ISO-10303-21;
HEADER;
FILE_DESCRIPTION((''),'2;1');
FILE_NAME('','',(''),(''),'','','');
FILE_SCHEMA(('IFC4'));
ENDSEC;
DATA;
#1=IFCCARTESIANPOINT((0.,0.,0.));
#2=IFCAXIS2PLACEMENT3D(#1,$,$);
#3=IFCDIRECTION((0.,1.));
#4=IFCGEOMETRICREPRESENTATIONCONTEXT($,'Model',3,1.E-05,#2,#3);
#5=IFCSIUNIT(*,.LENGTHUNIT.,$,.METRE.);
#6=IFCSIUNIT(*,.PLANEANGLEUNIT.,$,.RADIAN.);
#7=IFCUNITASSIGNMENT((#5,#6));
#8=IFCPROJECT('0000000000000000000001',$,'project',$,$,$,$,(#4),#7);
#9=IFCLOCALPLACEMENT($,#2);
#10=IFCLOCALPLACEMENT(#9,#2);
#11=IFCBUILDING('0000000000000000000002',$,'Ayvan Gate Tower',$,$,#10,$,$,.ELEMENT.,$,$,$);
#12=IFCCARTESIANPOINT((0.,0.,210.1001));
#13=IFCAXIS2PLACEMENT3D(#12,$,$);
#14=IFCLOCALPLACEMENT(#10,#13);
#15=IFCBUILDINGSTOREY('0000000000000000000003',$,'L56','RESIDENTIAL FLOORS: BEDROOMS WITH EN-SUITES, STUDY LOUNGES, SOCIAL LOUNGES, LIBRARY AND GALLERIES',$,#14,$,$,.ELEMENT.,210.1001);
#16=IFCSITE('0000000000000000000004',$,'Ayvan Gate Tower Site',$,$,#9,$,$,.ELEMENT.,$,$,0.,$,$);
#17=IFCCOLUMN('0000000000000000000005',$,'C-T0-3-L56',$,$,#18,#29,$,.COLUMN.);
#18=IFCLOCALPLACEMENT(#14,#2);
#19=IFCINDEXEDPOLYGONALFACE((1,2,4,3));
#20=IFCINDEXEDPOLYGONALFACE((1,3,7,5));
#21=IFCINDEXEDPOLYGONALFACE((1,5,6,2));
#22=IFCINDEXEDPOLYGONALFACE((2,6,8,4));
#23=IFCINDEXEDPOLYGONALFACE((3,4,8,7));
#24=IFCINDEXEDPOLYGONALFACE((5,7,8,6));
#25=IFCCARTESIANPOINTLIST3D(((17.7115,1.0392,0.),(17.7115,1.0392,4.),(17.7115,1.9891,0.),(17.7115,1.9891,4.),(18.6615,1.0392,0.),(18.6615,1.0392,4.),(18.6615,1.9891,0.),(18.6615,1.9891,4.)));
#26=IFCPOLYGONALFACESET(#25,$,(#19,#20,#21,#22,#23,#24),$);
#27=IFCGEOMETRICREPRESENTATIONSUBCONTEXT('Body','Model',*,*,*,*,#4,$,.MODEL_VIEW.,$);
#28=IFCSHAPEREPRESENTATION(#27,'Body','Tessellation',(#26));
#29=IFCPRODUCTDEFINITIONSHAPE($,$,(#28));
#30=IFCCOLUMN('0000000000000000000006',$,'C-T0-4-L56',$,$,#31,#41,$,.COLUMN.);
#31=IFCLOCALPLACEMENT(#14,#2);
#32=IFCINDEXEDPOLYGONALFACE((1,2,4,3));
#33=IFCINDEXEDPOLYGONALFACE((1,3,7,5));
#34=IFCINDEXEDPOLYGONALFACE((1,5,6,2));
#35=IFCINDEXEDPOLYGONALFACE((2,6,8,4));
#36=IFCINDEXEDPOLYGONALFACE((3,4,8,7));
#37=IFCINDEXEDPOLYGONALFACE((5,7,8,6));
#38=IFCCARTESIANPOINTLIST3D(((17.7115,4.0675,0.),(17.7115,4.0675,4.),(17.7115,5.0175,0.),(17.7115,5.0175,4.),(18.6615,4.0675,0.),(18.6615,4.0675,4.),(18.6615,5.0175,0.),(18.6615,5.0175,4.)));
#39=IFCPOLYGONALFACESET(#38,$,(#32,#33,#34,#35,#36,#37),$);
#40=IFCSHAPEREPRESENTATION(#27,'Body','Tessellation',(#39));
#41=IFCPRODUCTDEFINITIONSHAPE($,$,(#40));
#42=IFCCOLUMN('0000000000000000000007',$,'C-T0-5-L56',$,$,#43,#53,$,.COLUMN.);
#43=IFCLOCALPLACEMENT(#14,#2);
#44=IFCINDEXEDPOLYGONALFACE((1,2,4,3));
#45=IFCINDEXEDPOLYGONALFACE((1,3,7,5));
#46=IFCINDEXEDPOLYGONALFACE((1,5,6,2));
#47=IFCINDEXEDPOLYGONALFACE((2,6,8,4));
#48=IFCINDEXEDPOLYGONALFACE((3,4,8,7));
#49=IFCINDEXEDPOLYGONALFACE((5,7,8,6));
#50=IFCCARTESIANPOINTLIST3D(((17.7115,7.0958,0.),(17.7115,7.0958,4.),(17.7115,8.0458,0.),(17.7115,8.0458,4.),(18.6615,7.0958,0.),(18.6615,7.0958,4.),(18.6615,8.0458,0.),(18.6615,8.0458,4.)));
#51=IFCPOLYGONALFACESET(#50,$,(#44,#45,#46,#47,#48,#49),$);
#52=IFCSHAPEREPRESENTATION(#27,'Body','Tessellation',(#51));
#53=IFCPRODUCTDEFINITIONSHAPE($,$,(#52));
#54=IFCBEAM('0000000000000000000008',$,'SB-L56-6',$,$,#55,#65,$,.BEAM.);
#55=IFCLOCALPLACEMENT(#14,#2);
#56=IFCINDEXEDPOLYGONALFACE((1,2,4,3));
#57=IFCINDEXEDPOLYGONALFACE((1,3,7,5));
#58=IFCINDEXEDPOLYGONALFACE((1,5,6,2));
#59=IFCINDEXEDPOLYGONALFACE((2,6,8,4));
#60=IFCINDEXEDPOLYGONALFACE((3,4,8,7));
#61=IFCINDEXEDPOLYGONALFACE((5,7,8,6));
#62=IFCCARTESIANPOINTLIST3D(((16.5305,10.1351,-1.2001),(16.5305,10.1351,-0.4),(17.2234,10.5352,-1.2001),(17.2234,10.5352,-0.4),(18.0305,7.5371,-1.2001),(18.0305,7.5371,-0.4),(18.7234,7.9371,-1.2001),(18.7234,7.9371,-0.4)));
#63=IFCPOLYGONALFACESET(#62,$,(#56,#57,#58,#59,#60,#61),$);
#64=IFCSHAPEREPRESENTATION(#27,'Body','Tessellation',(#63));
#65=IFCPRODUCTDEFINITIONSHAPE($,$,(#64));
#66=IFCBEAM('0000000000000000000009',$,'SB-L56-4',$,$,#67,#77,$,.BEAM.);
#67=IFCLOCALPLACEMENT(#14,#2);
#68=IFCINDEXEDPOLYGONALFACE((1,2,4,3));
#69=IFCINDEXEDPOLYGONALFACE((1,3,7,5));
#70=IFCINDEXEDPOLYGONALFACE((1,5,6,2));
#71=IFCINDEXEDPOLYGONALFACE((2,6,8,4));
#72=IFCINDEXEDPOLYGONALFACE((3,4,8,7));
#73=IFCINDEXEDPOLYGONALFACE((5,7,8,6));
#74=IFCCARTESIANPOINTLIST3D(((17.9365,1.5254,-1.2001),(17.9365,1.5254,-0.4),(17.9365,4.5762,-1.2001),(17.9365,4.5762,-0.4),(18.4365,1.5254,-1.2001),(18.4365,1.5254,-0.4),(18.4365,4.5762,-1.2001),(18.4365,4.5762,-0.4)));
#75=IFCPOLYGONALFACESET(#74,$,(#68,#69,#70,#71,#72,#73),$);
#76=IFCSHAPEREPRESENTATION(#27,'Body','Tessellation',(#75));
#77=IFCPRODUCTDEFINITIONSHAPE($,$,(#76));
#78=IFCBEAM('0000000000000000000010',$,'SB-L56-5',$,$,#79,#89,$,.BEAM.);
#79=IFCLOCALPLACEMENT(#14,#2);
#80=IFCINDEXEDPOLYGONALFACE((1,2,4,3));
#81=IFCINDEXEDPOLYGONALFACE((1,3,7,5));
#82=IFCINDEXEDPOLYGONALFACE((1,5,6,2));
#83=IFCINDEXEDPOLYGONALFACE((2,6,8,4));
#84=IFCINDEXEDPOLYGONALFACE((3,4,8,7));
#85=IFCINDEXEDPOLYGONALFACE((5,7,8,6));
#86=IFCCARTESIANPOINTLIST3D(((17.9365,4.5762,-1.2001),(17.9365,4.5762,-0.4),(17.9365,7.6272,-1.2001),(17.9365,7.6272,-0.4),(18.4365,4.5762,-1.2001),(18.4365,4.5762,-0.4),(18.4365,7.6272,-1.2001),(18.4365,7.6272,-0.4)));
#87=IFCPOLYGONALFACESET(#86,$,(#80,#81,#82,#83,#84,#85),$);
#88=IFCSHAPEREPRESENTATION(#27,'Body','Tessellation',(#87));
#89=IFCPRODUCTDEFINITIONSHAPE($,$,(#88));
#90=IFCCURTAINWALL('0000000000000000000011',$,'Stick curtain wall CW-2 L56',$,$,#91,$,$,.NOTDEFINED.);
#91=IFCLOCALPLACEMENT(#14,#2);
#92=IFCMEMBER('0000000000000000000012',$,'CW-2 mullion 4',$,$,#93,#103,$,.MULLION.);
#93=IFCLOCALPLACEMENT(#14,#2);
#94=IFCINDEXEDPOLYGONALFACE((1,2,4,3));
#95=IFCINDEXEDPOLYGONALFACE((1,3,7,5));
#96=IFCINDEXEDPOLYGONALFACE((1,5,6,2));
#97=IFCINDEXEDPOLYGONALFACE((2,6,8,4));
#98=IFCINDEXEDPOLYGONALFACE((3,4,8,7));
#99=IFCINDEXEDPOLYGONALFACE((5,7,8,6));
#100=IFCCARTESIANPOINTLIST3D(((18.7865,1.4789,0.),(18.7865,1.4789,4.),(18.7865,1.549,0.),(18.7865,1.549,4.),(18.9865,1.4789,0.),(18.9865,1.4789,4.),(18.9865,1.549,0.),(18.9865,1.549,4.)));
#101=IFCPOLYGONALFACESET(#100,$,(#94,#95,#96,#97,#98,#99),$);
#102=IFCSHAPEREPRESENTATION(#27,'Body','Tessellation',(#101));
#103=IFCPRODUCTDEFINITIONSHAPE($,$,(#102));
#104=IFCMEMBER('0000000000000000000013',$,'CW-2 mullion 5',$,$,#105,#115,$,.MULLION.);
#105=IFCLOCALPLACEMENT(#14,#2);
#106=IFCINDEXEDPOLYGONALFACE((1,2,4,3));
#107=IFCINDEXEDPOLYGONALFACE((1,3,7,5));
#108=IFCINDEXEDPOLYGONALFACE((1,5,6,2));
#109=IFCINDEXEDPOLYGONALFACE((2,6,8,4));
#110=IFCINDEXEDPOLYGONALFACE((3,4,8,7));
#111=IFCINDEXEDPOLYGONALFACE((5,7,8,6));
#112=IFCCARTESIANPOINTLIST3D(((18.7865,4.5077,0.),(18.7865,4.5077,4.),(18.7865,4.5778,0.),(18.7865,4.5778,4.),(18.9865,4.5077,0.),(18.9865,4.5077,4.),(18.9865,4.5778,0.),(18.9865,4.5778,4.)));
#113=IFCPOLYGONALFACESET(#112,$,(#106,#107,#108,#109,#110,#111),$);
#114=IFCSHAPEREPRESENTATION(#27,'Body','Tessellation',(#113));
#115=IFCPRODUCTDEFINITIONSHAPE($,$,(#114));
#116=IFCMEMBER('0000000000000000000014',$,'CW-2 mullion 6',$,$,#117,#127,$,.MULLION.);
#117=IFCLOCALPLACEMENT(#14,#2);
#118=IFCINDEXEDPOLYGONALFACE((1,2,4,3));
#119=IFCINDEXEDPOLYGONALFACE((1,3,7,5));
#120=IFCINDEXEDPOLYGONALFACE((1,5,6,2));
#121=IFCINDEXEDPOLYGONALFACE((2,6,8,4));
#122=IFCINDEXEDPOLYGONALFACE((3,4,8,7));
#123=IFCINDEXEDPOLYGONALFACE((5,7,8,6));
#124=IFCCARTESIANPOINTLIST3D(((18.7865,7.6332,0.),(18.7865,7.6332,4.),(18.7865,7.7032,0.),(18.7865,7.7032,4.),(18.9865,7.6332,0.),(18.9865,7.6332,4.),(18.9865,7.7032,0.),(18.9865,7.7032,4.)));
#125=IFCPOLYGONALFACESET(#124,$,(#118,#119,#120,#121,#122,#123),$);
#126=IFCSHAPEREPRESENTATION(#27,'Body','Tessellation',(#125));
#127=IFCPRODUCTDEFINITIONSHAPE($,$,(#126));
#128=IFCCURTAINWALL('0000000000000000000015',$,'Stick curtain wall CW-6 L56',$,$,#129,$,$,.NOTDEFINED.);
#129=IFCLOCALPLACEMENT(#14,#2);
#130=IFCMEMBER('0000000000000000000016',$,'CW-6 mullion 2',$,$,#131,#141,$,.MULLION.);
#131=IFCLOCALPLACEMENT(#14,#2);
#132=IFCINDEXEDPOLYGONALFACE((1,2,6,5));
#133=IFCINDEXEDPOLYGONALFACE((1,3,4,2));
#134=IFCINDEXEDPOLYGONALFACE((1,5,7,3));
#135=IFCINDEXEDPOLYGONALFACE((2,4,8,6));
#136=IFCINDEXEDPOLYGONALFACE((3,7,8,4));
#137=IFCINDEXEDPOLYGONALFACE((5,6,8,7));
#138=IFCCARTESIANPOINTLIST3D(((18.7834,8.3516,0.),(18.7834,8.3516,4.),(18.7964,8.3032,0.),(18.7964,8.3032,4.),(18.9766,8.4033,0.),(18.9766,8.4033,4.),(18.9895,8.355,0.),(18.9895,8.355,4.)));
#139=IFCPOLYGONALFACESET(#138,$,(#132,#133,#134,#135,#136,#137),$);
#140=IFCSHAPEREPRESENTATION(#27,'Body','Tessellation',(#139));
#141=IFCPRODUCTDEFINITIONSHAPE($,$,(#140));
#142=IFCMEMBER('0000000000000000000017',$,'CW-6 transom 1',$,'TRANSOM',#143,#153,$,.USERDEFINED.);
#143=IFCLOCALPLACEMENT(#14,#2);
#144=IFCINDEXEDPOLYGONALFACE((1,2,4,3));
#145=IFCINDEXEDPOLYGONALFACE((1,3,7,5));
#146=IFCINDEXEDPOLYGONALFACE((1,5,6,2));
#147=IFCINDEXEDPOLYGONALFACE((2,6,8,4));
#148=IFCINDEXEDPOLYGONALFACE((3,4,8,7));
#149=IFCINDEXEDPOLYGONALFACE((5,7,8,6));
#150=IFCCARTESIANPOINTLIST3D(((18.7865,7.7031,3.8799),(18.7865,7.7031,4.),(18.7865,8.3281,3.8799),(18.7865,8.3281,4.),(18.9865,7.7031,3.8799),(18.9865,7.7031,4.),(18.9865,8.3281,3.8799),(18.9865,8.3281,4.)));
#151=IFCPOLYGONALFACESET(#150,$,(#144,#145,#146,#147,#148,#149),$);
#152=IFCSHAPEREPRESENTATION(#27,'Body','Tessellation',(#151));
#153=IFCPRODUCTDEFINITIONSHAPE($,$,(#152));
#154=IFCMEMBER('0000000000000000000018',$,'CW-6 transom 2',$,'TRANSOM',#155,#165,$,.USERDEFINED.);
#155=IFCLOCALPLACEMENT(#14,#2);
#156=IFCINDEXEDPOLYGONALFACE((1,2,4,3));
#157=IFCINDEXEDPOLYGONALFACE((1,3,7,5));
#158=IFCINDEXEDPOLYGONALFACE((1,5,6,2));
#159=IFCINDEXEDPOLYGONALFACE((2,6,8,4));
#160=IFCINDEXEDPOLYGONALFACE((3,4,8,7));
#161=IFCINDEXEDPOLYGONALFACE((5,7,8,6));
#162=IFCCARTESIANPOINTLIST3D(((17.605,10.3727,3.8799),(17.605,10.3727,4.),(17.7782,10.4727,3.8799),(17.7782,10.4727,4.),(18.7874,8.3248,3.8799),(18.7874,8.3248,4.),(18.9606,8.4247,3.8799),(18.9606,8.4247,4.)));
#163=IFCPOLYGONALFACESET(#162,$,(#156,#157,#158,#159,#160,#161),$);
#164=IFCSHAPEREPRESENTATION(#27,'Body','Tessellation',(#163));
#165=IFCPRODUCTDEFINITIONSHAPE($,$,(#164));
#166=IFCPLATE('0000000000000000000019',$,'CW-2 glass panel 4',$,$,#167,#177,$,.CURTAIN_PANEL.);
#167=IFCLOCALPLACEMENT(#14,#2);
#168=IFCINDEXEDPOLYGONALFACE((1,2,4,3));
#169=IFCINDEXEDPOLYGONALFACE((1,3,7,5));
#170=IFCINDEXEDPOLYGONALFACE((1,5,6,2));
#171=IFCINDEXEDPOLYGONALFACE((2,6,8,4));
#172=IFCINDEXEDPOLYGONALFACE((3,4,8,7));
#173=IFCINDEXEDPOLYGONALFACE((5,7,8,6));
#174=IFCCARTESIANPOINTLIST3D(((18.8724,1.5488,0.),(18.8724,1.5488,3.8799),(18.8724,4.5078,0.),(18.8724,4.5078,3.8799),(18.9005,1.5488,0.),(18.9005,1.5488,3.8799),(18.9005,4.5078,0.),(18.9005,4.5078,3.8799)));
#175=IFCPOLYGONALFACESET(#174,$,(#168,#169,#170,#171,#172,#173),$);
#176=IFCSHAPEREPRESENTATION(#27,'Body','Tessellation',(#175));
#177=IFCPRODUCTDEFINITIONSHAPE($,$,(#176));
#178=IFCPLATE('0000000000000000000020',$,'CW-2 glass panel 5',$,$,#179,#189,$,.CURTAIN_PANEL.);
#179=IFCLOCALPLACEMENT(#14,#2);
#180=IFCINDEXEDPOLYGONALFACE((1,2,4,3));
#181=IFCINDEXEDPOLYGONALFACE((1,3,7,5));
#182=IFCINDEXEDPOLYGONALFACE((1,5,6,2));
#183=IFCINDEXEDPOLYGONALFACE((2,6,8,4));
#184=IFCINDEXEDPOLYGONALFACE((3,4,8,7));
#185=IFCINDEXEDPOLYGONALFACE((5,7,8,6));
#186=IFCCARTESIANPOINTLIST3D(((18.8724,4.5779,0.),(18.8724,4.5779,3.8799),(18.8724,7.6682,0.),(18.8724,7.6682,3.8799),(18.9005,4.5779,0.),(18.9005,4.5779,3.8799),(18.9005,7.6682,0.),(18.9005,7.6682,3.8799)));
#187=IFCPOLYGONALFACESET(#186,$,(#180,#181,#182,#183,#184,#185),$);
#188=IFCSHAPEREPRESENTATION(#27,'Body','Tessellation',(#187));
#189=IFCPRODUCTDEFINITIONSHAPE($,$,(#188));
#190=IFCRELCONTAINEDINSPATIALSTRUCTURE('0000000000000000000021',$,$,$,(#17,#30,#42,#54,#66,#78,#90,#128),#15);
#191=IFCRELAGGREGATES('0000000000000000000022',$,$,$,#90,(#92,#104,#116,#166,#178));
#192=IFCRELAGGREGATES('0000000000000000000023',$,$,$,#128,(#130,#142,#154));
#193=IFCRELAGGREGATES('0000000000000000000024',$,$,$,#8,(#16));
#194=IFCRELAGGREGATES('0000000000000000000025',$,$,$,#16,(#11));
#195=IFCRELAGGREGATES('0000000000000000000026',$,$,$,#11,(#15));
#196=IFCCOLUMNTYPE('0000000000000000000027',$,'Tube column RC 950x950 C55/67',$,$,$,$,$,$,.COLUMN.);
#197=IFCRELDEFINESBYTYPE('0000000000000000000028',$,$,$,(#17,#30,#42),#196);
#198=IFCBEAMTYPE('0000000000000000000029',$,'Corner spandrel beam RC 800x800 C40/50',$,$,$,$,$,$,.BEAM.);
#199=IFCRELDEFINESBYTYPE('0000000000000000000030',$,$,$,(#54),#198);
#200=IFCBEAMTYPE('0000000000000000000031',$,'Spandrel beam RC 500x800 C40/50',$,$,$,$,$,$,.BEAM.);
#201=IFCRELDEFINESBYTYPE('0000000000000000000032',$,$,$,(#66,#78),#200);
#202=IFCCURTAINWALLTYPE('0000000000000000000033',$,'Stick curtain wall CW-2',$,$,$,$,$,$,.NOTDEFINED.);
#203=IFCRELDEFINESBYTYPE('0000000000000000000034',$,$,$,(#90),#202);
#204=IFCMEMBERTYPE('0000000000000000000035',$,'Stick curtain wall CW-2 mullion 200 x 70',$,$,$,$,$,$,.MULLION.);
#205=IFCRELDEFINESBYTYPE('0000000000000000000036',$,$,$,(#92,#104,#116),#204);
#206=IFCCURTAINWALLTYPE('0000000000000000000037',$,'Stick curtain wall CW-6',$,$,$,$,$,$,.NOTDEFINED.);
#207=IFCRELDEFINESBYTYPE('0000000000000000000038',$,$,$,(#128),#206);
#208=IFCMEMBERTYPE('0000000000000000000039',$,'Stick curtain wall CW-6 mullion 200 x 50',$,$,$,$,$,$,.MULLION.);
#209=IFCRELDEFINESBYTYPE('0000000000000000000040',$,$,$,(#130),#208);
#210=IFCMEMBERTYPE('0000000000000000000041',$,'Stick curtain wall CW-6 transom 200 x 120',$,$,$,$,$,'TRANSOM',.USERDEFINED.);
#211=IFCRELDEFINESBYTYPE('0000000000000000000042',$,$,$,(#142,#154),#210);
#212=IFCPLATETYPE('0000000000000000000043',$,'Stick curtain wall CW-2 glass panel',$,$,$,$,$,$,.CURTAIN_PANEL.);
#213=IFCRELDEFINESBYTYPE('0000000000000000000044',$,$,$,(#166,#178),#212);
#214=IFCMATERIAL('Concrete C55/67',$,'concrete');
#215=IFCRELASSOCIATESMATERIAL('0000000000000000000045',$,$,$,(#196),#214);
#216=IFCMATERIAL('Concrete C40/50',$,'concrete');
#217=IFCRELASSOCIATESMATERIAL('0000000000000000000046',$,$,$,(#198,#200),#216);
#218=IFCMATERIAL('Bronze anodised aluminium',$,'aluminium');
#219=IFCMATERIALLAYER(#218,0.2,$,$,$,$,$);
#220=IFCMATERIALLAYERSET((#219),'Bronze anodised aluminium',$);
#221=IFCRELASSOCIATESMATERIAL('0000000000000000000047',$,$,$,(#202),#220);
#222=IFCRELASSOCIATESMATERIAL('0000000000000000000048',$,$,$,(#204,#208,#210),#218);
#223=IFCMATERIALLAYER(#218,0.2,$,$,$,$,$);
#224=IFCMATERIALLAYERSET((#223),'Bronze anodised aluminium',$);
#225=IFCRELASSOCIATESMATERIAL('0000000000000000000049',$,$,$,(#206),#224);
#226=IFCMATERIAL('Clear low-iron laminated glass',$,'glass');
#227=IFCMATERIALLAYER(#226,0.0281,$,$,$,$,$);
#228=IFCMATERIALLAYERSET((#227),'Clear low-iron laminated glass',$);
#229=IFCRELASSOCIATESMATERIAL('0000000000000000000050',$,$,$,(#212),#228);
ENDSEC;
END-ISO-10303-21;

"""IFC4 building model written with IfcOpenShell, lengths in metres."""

from ifc_helpers import new_model, si_unit, direction, frame, origin, origin_2d, place, context, subcontext, project, spatial, rectangle, extrude, material, layer, layer_set, material_profile, profile_set, type_object, element, aggregate, save


model = new_model("IFC4")

# Units and contexts
model_context = context("Model", 3, precision=1e-05, world=origin(), true_north=direction((0.0, 1.0)))
body_context = subcontext(model_context, "Body", "Model", "MODEL_VIEW")
ifc_project = project(units=[si_unit("LENGTHUNIT", "METRE"), si_unit("PLANEANGLEUNIT", "RADIAN")], contexts=[model_context])

# Site, building, storey
site_placement = place(None, origin())
site = spatial("IfcSite", under=ifc_project, at=site_placement, Name="Ayvan Gate Tower Site", CompositionType="ELEMENT", RefElevation=0.0)
building_placement = place(site_placement, origin())
building = spatial("IfcBuilding", under=site, at=building_placement, Name="Ayvan Gate Tower", CompositionType="ELEMENT")
storey_placement = place(building_placement, frame((0.0, 0.0, 210.1001)))
storey = spatial("IfcBuildingStorey", under=building, at=storey_placement, Name="L56", Description="RESIDENTIAL FLOORS: BEDROOMS WITH EN-SUITES, STUDY LOUNGES, SOCIAL LOUNGES, LIBRARY AND GALLERIES", CompositionType="ELEMENT", Elevation=210.1001)

# Columns
ifc_material_1 = material(Name="Concrete C55/67", Category="concrete")
ifc_material_profile_1 = material_profile(ifc_material_1, rectangle(XDim=0.95, YDim=0.95, at=origin_2d()), Name="RC 950x950")
ifc_profile_set_1 = profile_set([ifc_material_profile_1], Name="Concrete C55/67")
column_type = type_object("IfcColumnType", Name="Tube column RC 950x950 C55/67", PredefinedType="COLUMN", material=ifc_profile_set_1)
for number, where, z_axis, x_axis, name in (
    (1, (18.1865, 1.5142, 0.0), (0.0, 0.0, 1.0), (1.0, 0.0, 0.0), "C-T0-3-L56"),
    (2, (18.1865, 4.5425, 0.0), (0.0, 0.0, 1.0), (1.0, 0.0, 0.0), "C-T0-4-L56"),
    (3, (18.1865, 7.5708, 0.0), (0.0, 0.0, 1.0), (1.0, 0.0, 0.0), "C-T0-5-L56"),
):
    element("IfcColumn", number, at=place(storey_placement, frame(where, z_axis=z_axis, x_axis=x_axis)), inside=storey, type_object=column_type, Name=name, PredefinedType="COLUMN", context=body_context, shape_type="SweptSolid", body=[
        extrude(rectangle(XDim=0.95, YDim=0.95, at=origin_2d()), origin(), (0.0, 0.0, 1.0), 4.0),
    ])

# Beams
ifc_material_2 = material(Name="Concrete C40/50", Category="concrete")
ifc_material_profile_2 = material_profile(ifc_material_2, rectangle(XDim=0.8, YDim=0.8, at=origin_2d()), Name="RC 800x800")
ifc_profile_set_2 = profile_set([ifc_material_profile_2], Name="Concrete C40/50")
beam_type_1 = type_object("IfcBeamType", Name="Corner spandrel beam RC 800x800 C40/50", PredefinedType="BEAM", material=ifc_profile_set_2)
beam_1_placement = place(storey_placement, frame((18.377, 7.7371, -0.8), z_axis=(-0.49999, 0.866031, 0.0), x_axis=(-0.866031, -0.49999, 0.0)))
element("IfcBeam", 4, at=beam_1_placement, inside=storey, type_object=beam_type_1, Name="SB-L56-6", PredefinedType="BEAM", context=body_context, shape_type="SweptSolid", body=[
    extrude(rectangle(XDim=0.8, YDim=0.8, at=origin_2d()), origin(), (0.0, 0.0, 1.0), 3.0),
])
ifc_material_profile_3 = material_profile(ifc_material_2, rectangle(XDim=0.5, YDim=0.8, at=origin_2d()), Name="RC 500x800")
ifc_profile_set_3 = profile_set([ifc_material_profile_3], Name="Concrete C40/50")
beam_type_2 = type_object("IfcBeamType", Name="Spandrel beam RC 500x800 C40/50", PredefinedType="BEAM", material=ifc_profile_set_3)
beam_2_placement = place(storey_placement, frame((18.1865, 1.5254, -0.8), z_axis=(0.0, 1.0, 0.0), x_axis=(-1.0, 0.0, 0.0)))
element("IfcBeam", 5, at=beam_2_placement, inside=storey, type_object=beam_type_2, Name="SB-L56-4", PredefinedType="BEAM", context=body_context, shape_type="SweptSolid", body=[
    extrude(rectangle(XDim=0.5, YDim=0.8, at=origin_2d()), origin(), (0.0, 0.0, 1.0), 3.0508),
])
beam_3_placement = place(storey_placement, frame((18.1865, 4.5762, -0.8), z_axis=(0.0, 1.0, 0.0), x_axis=(-1.0, 0.0, 0.0)))
element("IfcBeam", 6, at=beam_3_placement, inside=storey, type_object=beam_type_2, Name="SB-L56-5", PredefinedType="BEAM", context=body_context, shape_type="SweptSolid", body=[
    extrude(rectangle(XDim=0.5, YDim=0.8, at=origin_2d()), origin(), (0.0, 0.0, 1.0), 3.051),
])

# Curtain walls, members
ifc_material_3 = material(Name="Bronze anodised aluminium", Category="aluminium")
ifc_layer_1 = layer(ifc_material_3, 0.2)
ifc_layer_set_1 = layer_set([ifc_layer_1], Name="Bronze anodised aluminium")
curtain_wall_type_1 = type_object("IfcCurtainWallType", Name="Stick curtain wall CW-2", PredefinedType="NOTDEFINED", material=ifc_layer_set_1)
curtain_wall_1_placement = place(storey_placement, origin())
curtain_wall_1 = element("IfcCurtainWall", 7, at=curtain_wall_1_placement, inside=storey, type_object=curtain_wall_type_1, Name="Stick curtain wall CW-2 L56", PredefinedType="NOTDEFINED")
ifc_material_profile_4 = material_profile(ifc_material_3, rectangle(XDim=0.2, YDim=0.0701, at=origin_2d()), Name="Stick curtain wall CW-2 mullion 200 x 70")
ifc_profile_set_4 = profile_set([ifc_material_profile_4], Name="Bronze anodised aluminium")
member_type_1 = type_object("IfcMemberType", Name="Stick curtain wall CW-2 mullion 200 x 70", PredefinedType="MULLION", material=ifc_profile_set_4)
member_1_placement = place(storey_placement, frame((18.8865, 1.5139, 0.0), z_axis=(0.0, 0.0, 1.0), x_axis=(1.0, 0.0, 0.0)))
member_1 = element("IfcMember", 8, at=member_1_placement, type_object=member_type_1, Name="CW-2 mullion 4", PredefinedType="MULLION", context=body_context, shape_type="SweptSolid", body=[
    extrude(rectangle(XDim=0.2, YDim=0.0701, at=origin_2d()), origin(), (0.0, 0.0, 1.0), 4.0),
])
member_2_placement = place(storey_placement, frame((18.8865, 4.5427, 0.0), z_axis=(0.0, 0.0, 1.0), x_axis=(1.0, 0.0, 0.0)))
member_2 = element("IfcMember", 9, at=member_2_placement, type_object=member_type_1, Name="CW-2 mullion 5", PredefinedType="MULLION", context=body_context, shape_type="SweptSolid", body=[
    extrude(rectangle(XDim=0.2, YDim=0.0701, at=origin_2d()), origin(), (0.0, 0.0, 1.0), 4.0),
])
member_3_placement = place(storey_placement, frame((18.8865, 7.6682, 0.0), z_axis=(0.0, 0.0, 1.0), x_axis=(1.0, 0.0, 0.0)))
member_3 = element("IfcMember", 10, at=member_3_placement, type_object=member_type_1, Name="CW-2 mullion 6", PredefinedType="MULLION", context=body_context, shape_type="SweptSolid", body=[
    extrude(rectangle(XDim=0.2, YDim=0.0701, at=origin_2d()), origin(), (0.0, 0.0, 1.0), 4.0),
])
ifc_layer_2 = layer(ifc_material_3, 0.2)
ifc_layer_set_2 = layer_set([ifc_layer_2], Name="Bronze anodised aluminium")
curtain_wall_type_2 = type_object("IfcCurtainWallType", Name="Stick curtain wall CW-6", PredefinedType="NOTDEFINED", material=ifc_layer_set_2)
curtain_wall_2_placement = place(storey_placement, origin())
curtain_wall_2 = element("IfcCurtainWall", 11, at=curtain_wall_2_placement, inside=storey, type_object=curtain_wall_type_2, Name="Stick curtain wall CW-6 L56", PredefinedType="NOTDEFINED")
ifc_material_profile_5 = material_profile(ifc_material_3, rectangle(XDim=0.2, YDim=0.05, at=origin_2d()), Name="Stick curtain wall CW-6 mullion 200 x 50")
ifc_profile_set_5 = profile_set([ifc_material_profile_5], Name="Bronze anodised aluminium")
member_type_2 = type_object("IfcMemberType", Name="Stick curtain wall CW-6 mullion 200 x 50", PredefinedType="MULLION", material=ifc_profile_set_5)
member_4_placement = place(storey_placement, frame((18.8865, 8.3533, 0.0), z_axis=(0.0, 0.0, 1.0), x_axis=(0.965926, 0.258819, 0.0)))
member_4 = element("IfcMember", 12, at=member_4_placement, type_object=member_type_2, Name="CW-6 mullion 2", PredefinedType="MULLION", context=body_context, shape_type="SweptSolid", body=[
    extrude(rectangle(XDim=0.2, YDim=0.05, at=origin_2d()), origin(), (0.0, 0.0, 1.0), 4.0),
])
ifc_material_profile_6 = material_profile(ifc_material_3, rectangle(XDim=0.2, YDim=0.1201, at=origin_2d()), Name="Stick curtain wall CW-6 transom 200 x 120")
ifc_profile_set_6 = profile_set([ifc_material_profile_6], Name="Bronze anodised aluminium")
member_type_3 = type_object("IfcMemberType", Name="Stick curtain wall CW-6 transom 200 x 120", ElementType="TRANSOM", PredefinedType="USERDEFINED", material=ifc_profile_set_6)
member_5_placement = place(storey_placement, frame((18.8865, 7.7031, 3.9399), z_axis=(0.0, 1.0, 0.0), x_axis=(-1.0, 0.0, 0.0)))
member_5 = element("IfcMember", 13, at=member_5_placement, type_object=member_type_3, Name="CW-6 transom 1", ObjectType="TRANSOM", PredefinedType="USERDEFINED", context=body_context, shape_type="SweptSolid", body=[
    extrude(rectangle(XDim=0.2, YDim=0.1201, at=origin_2d()), origin(), (0.0, 0.0, 1.0), 0.625),
])
member_6_placement = place(storey_placement, frame((18.874, 8.3748, 3.9399), z_axis=(-0.500014, 0.866017, 0.0), x_axis=(-0.866017, -0.500014, 0.0)))
member_6 = element("IfcMember", 14, at=member_6_placement, type_object=member_type_3, Name="CW-6 transom 2", ObjectType="TRANSOM", PredefinedType="USERDEFINED", context=body_context, shape_type="SweptSolid", body=[
    extrude(rectangle(XDim=0.2, YDim=0.1201, at=origin_2d()), origin(), (0.0, 0.0, 1.0), 2.3647),
])

# Plates
ifc_material_4 = material(Name="Clear low-iron laminated glass", Category="glass")
ifc_layer_3 = layer(ifc_material_4, 0.0281)
ifc_layer_set_3 = layer_set([ifc_layer_3], Name="Clear low-iron laminated glass")
plate_type_1 = type_object("IfcPlateType", Name="Stick curtain wall CW-2 glass panel", PredefinedType="CURTAIN_PANEL", material=ifc_layer_set_3)
plate_1_placement = place(storey_placement, frame((18.8865, 3.0283, 0.0), z_axis=(0.0, 0.0, 1.0), x_axis=(0.0, 1.0, 0.0)))
plate_1 = element("IfcPlate", 15, at=plate_1_placement, type_object=plate_type_1, Name="CW-2 glass panel 4", PredefinedType="CURTAIN_PANEL", context=body_context, shape_type="SweptSolid", body=[
    extrude(rectangle(XDim=2.959, YDim=0.0281, at=origin_2d()), origin(), (0.0, 0.0, 1.0), 3.8799),
])
plate_2_placement = place(storey_placement, frame((18.8865, 6.123, 0.0), z_axis=(0.0, 0.0, 1.0), x_axis=(0.0, 1.0, 0.0)))
plate_2 = element("IfcPlate", 16, at=plate_2_placement, type_object=plate_type_1, Name="CW-2 glass panel 5", PredefinedType="CURTAIN_PANEL", context=body_context, shape_type="SweptSolid", body=[
    extrude(rectangle(XDim=3.0903, YDim=0.0281, at=origin_2d()), origin(), (0.0, 0.0, 1.0), 3.8799),
])
aggregate(curtain_wall_1, [member_1, member_2, member_3, plate_1, plate_2])
aggregate(curtain_wall_2, [member_4, member_5, member_6])

save(model, "model.ifc")
